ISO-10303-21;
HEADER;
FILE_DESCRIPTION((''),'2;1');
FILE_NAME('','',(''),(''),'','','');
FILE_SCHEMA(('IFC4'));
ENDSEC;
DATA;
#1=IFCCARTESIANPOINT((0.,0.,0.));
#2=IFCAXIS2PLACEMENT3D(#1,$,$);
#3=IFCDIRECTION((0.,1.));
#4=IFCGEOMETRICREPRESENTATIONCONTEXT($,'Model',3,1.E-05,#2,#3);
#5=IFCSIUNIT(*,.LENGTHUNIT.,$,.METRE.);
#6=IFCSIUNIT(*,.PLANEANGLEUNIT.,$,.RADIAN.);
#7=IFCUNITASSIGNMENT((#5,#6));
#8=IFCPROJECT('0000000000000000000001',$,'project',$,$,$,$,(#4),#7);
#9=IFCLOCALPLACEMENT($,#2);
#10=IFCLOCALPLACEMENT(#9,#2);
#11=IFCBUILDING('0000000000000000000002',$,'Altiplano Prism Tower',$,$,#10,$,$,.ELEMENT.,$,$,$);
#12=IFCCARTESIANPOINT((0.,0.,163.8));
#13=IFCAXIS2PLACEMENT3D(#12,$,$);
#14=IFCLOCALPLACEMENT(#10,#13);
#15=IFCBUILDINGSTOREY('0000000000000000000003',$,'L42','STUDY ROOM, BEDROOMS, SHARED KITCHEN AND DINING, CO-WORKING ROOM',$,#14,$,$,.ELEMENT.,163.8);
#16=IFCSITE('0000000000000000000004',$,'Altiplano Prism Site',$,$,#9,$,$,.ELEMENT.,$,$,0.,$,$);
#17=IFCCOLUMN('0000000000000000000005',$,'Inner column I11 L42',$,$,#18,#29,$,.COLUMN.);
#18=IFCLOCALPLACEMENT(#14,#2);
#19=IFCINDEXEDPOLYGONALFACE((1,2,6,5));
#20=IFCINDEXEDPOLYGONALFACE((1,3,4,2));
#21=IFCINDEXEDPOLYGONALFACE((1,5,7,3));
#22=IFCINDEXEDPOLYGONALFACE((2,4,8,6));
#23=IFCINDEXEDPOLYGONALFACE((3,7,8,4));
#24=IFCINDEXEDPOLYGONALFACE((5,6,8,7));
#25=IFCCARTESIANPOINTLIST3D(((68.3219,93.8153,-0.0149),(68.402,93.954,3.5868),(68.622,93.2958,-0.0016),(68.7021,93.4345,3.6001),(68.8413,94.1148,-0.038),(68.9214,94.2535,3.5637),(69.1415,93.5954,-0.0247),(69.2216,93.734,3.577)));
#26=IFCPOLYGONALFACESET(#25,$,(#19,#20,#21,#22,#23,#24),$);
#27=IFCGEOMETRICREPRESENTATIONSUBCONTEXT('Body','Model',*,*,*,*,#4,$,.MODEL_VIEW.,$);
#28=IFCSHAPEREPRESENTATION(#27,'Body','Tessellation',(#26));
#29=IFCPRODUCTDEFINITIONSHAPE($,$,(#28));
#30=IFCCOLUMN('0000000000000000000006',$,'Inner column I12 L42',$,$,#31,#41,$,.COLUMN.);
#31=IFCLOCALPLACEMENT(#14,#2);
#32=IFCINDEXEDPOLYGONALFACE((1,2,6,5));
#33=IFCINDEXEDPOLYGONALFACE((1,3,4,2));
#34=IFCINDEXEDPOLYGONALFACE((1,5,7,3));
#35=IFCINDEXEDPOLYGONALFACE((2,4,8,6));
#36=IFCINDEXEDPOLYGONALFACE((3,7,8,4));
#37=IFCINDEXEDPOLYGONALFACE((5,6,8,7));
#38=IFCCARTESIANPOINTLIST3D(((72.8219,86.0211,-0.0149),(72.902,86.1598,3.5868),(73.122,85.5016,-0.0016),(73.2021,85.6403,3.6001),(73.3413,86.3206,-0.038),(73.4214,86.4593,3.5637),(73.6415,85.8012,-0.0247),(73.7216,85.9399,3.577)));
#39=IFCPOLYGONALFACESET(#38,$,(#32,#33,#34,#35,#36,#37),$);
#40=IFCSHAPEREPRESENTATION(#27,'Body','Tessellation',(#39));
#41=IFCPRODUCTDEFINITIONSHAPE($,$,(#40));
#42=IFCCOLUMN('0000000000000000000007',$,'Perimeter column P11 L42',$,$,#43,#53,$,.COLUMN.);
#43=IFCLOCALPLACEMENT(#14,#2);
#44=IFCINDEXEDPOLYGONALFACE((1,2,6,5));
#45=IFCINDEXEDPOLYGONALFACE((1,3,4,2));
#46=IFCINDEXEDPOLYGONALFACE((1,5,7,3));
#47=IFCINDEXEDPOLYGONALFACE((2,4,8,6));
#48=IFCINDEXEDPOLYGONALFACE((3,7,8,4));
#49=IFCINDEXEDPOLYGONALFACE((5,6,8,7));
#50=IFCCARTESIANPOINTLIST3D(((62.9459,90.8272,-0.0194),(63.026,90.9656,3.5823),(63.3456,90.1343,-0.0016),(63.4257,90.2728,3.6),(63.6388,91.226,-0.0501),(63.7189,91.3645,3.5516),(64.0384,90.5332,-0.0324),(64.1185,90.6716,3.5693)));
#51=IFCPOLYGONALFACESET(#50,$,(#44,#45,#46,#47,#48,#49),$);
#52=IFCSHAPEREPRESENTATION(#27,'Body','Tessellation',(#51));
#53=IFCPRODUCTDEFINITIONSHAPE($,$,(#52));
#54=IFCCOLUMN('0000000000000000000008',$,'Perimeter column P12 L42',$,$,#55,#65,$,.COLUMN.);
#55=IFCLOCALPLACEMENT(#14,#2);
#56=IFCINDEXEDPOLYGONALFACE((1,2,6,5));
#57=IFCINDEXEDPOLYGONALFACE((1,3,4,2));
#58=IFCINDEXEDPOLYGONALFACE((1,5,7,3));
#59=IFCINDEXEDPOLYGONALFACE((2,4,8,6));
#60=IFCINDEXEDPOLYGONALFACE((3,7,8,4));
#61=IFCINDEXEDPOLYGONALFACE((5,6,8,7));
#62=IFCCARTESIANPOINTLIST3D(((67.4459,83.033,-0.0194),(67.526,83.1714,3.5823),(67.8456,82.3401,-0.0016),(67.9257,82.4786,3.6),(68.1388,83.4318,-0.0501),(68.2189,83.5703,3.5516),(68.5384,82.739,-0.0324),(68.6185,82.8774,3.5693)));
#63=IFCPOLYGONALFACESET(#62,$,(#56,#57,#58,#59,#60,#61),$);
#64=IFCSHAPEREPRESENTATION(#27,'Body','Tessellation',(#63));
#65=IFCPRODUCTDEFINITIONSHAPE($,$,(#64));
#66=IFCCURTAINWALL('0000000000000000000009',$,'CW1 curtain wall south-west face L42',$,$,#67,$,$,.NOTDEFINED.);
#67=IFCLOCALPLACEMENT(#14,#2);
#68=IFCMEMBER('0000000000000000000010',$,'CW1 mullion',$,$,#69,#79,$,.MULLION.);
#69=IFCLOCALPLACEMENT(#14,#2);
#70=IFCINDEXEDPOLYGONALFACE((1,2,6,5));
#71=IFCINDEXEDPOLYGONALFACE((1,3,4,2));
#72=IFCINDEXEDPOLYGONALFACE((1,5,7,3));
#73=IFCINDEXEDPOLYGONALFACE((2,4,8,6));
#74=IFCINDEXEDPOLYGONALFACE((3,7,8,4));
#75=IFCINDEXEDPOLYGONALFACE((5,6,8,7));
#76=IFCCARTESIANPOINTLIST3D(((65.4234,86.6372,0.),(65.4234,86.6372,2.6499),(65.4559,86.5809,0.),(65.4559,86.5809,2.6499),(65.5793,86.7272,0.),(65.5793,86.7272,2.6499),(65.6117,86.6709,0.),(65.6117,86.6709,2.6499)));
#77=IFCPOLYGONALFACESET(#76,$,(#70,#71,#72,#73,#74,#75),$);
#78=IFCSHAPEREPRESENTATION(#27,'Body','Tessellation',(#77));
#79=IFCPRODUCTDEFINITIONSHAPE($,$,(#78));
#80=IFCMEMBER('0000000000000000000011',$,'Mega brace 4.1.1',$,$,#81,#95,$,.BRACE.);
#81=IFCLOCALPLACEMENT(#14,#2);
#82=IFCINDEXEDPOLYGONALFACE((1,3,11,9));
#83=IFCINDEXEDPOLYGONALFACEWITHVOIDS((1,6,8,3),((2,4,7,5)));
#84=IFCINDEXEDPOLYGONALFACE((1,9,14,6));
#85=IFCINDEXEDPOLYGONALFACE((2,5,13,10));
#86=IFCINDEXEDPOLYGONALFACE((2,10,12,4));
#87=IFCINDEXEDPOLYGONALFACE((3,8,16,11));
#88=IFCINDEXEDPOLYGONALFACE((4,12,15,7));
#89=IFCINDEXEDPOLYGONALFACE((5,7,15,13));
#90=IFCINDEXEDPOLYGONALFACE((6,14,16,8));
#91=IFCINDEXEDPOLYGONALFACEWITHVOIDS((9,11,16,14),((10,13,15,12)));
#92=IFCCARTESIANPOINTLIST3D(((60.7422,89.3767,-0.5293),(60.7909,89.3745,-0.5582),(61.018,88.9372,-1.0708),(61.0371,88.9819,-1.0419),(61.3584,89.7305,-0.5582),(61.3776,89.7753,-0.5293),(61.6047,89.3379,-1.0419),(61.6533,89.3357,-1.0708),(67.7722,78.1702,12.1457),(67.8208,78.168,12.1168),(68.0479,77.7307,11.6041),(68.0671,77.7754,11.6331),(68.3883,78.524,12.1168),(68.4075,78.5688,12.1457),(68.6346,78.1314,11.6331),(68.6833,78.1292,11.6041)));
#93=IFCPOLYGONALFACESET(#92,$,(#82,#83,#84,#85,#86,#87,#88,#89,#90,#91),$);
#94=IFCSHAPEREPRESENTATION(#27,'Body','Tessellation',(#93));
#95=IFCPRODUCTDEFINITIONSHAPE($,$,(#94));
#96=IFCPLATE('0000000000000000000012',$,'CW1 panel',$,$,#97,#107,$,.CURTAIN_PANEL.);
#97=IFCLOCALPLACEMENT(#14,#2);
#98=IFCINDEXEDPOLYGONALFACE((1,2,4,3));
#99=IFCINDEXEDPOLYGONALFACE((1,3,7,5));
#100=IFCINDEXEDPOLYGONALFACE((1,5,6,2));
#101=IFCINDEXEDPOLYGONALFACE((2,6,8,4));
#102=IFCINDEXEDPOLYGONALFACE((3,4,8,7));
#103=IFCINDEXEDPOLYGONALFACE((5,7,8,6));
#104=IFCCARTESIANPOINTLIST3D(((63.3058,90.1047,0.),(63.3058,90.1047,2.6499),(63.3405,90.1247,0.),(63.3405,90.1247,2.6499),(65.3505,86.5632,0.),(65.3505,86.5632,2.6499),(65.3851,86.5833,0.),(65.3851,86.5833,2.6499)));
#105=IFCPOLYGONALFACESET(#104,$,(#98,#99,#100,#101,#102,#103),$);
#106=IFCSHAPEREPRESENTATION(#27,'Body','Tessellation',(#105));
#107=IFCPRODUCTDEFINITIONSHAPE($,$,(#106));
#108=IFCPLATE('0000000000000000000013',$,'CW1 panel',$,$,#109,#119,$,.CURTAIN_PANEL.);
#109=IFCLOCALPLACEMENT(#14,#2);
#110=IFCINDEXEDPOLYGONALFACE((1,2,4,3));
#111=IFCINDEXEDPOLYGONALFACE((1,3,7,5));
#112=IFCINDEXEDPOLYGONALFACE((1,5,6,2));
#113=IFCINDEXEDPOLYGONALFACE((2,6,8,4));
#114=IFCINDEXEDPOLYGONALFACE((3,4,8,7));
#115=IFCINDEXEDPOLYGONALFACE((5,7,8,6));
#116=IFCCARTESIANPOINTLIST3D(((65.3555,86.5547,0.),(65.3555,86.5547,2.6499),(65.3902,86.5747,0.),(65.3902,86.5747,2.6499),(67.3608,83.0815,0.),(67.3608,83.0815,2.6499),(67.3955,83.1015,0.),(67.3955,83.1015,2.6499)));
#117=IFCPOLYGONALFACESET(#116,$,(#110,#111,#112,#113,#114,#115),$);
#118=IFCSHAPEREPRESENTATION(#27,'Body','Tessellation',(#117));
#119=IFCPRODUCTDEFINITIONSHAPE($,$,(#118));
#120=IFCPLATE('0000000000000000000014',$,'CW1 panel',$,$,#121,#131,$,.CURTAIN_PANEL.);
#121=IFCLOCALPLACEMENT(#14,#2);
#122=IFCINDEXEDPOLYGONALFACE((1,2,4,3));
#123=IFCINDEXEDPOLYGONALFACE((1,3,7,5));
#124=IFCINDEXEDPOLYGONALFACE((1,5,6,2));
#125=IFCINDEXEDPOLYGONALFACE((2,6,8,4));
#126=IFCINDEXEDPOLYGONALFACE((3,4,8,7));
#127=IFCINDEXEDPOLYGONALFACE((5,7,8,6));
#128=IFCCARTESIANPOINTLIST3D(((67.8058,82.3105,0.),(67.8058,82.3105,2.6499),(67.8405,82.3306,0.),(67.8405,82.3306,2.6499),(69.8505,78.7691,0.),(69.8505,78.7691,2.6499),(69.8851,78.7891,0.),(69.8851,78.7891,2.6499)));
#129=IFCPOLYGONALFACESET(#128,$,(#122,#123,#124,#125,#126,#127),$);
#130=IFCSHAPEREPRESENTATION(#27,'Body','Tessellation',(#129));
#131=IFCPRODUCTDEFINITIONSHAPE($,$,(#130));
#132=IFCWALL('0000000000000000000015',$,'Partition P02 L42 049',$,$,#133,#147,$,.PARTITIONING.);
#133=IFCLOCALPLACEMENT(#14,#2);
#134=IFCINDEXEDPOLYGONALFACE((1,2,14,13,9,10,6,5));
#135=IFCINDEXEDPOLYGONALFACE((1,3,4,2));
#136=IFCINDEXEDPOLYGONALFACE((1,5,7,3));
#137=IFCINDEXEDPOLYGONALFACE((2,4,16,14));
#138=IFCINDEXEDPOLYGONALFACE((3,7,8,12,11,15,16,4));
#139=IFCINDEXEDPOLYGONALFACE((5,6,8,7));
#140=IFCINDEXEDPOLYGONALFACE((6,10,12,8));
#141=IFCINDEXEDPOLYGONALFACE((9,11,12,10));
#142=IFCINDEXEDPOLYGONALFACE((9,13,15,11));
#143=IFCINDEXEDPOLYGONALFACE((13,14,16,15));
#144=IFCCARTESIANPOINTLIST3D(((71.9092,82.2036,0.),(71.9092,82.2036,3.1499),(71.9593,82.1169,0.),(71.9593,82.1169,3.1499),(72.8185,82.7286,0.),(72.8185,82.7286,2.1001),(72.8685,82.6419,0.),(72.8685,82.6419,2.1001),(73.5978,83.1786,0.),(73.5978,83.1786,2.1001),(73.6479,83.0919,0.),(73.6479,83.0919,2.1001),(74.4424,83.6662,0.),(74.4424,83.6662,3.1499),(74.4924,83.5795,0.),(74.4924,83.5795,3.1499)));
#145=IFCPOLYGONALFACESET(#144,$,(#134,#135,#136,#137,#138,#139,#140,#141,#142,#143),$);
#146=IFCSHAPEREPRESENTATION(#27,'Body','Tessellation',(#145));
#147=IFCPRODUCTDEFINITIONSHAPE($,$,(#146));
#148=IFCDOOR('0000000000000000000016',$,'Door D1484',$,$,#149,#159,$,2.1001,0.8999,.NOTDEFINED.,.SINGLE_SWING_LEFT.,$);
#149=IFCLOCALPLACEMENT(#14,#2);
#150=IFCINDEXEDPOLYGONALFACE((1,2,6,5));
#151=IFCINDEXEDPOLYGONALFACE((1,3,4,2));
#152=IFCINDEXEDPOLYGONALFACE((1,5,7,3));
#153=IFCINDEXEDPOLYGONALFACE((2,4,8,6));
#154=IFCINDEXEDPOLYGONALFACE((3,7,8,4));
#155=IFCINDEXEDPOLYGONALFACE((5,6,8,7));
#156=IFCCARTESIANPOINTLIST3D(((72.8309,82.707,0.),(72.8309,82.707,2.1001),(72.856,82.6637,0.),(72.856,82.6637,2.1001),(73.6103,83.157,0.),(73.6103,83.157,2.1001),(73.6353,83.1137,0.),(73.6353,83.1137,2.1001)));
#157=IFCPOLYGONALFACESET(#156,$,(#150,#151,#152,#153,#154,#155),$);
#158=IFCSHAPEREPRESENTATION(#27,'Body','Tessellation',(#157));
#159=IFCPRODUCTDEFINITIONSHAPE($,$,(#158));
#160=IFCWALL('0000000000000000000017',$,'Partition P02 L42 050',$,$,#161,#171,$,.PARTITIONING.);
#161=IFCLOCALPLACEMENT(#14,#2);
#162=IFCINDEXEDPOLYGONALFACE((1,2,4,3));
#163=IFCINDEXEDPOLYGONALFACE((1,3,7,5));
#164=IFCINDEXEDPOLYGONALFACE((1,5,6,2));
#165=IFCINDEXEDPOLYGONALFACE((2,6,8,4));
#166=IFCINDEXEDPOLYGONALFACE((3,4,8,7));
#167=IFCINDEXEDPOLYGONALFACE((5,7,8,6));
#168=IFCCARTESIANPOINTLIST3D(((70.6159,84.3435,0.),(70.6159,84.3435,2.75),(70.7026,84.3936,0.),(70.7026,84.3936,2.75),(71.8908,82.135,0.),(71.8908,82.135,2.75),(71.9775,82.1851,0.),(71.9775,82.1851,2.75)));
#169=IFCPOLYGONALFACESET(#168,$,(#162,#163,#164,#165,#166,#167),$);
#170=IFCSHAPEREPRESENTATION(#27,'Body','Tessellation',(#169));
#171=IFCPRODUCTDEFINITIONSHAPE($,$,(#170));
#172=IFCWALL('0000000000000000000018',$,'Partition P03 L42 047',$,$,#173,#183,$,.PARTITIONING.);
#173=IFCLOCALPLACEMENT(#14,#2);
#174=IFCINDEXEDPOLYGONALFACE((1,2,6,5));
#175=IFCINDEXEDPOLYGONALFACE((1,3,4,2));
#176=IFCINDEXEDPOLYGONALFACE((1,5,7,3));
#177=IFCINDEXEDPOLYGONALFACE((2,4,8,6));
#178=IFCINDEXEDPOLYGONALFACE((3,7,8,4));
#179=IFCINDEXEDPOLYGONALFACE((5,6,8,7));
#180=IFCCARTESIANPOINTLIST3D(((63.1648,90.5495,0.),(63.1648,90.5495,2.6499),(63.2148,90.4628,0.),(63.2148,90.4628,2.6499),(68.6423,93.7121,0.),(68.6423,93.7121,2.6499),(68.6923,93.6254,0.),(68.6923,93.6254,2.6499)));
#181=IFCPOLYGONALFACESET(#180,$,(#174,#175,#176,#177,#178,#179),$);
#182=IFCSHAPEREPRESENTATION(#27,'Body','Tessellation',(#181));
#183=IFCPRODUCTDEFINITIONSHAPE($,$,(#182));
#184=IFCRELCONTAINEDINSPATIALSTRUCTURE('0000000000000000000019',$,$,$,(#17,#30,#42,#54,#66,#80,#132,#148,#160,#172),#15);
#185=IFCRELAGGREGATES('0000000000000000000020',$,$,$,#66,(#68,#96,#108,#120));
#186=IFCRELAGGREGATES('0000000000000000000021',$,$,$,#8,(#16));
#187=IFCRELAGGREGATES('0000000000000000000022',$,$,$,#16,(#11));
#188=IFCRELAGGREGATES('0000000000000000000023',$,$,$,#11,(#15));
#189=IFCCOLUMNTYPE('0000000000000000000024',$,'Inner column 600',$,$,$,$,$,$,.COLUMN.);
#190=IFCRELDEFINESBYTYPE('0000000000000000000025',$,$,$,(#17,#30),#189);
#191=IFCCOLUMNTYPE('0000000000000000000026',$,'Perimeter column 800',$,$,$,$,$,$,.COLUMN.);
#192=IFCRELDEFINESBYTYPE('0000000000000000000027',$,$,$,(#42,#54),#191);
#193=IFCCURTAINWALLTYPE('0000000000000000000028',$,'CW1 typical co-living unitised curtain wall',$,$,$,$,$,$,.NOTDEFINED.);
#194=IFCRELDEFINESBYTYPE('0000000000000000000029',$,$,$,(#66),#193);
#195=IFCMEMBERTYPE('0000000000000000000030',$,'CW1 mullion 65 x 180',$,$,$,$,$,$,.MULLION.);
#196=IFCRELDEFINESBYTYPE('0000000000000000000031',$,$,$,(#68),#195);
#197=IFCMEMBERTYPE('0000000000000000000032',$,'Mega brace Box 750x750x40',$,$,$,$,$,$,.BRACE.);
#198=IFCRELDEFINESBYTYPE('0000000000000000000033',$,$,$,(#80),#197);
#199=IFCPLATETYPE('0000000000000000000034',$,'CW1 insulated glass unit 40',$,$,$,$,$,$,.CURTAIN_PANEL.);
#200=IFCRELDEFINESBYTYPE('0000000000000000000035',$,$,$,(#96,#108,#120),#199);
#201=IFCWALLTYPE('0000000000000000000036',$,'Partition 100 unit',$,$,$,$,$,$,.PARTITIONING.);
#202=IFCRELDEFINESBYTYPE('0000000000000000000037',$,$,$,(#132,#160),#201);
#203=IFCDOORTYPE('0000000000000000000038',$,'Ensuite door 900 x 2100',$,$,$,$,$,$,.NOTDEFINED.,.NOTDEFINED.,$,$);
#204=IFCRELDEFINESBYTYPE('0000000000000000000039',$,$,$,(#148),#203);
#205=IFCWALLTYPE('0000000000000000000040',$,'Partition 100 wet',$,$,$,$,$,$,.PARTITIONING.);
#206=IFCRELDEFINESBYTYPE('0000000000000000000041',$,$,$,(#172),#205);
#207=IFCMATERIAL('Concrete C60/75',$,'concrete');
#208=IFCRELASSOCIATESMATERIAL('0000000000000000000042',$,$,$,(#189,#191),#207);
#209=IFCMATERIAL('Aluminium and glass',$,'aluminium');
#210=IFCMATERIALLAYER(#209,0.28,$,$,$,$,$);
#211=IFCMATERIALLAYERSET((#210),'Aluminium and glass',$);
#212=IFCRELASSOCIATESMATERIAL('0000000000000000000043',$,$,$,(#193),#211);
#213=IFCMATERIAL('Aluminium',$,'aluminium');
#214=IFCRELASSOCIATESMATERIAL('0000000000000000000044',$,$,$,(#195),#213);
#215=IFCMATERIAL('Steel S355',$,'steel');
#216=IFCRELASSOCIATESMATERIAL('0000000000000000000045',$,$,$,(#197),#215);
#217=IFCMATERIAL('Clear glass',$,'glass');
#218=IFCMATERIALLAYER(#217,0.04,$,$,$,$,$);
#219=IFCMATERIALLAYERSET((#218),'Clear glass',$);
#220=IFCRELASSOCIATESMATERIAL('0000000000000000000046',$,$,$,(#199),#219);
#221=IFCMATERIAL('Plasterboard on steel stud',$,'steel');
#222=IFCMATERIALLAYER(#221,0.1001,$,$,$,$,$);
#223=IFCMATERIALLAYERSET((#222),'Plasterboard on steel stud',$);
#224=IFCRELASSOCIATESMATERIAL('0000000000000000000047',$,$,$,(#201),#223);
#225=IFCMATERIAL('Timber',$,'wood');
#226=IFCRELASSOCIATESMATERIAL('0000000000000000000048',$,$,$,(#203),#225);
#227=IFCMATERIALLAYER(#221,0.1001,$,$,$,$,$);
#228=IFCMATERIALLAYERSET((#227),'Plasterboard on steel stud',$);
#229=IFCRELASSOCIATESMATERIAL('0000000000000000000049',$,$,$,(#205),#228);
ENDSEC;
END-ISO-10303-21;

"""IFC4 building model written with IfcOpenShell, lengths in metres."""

from ifc_helpers import new_model, si_unit, direction, frame, frame_2d, origin, origin_2d, place, context, subcontext, project, spatial, rectangle, hollow_rectangle, extrude, material, layer, layer_set, material_profile, profile_set, type_object, element, fill, aggregate, save


model = new_model("IFC4")

# Units and contexts
model_context = context("Model", 3, precision=1e-05, world=origin(), true_north=direction((0.0, 1.0)))
body_context = subcontext(model_context, "Body", "Model", "MODEL_VIEW")
ifc_project = project(units=[si_unit("LENGTHUNIT", "METRE"), si_unit("PLANEANGLEUNIT", "RADIAN")], contexts=[model_context])

# Site, building, storey
site_placement = place(None, origin())
site = spatial("IfcSite", under=ifc_project, at=site_placement, Name="Altiplano Prism Site", CompositionType="ELEMENT", RefElevation=0.0)
building_placement = place(site_placement, origin())
building = spatial("IfcBuilding", under=site, at=building_placement, Name="Altiplano Prism Tower", CompositionType="ELEMENT")
storey_placement = place(building_placement, frame((0.0, 0.0, 163.8)))
storey = spatial("IfcBuildingStorey", under=building, at=storey_placement, Name="L42", Description="STUDY ROOM, BEDROOMS, SHARED KITCHEN AND DINING, CO-WORKING ROOM", CompositionType="ELEMENT", Elevation=163.8)

# Columns
ifc_material_1 = material(Name="Concrete C60/75", Category="concrete")
ifc_material_profile_1 = material_profile(ifc_material_1, rectangle(XDim=0.6001, YDim=0.6001, at=origin_2d()), Name="Inner column 600")
ifc_profile_set_1 = profile_set([ifc_material_profile_1], Name="Concrete C60/75")
column_type_1 = type_object("IfcColumnType", Name="Inner column 600", PredefinedType="COLUMN", material=ifc_profile_set_1)
for number, where, z_axis, x_axis, name in (
    (1, (68.7317, 93.7053, -0.0198), (0.022212, 0.038465, 0.999013), (-0.86564, -0.499187, 0.038467), "Inner column I11 L42"),
    (2, (73.2317, 85.9111, -0.0198), (0.022212, 0.038465, 0.999013), (-0.865637, -0.499192, 0.038467), "Inner column I12 L42"),
):
    element("IfcColumn", number, at=place(storey_placement, frame(where, z_axis=z_axis, x_axis=x_axis)), inside=storey, type_object=column_type_1, Name=name, PredefinedType="COLUMN", context=body_context, shape_type="SweptSolid", body=[
        extrude(rectangle(XDim=0.6001, YDim=0.6001, at=origin_2d()), origin(), (0.0, 0.0, 1.0), 3.6052),
    ])
ifc_material_profile_2 = material_profile(ifc_material_1, rectangle(XDim=0.8, YDim=0.8, at=origin_2d()), Name="Perimeter column 800")
ifc_profile_set_2 = profile_set([ifc_material_profile_2], Name="Concrete C60/75")
column_type_2 = type_object("IfcColumnType", Name="Perimeter column 800", PredefinedType="COLUMN", material=ifc_profile_set_2)
for number, where, z_axis, x_axis, name in (
    (3, (63.4922, 90.6802, -0.0259), (0.022212, 0.038398, 0.999016), (-0.866019, -0.498533, 0.038417), "Perimeter column P11 L42"),
    (4, (67.9922, 82.886, -0.0259), (0.022212, 0.038398, 0.999016), (-0.866019, -0.498533, 0.038417), "Perimeter column P12 L42"),
):
    element("IfcColumn", number, at=place(storey_placement, frame(where, z_axis=z_axis, x_axis=x_axis)), inside=storey, type_object=column_type_2, Name=name, PredefinedType="COLUMN", context=body_context, shape_type="SweptSolid", body=[
        extrude(rectangle(XDim=0.8, YDim=0.8, at=origin_2d()), origin(), (0.0, 0.0, 1.0), 3.6052),
    ])

# Curtain wall, member
ifc_material_2 = material(Name="Aluminium and glass", Category="aluminium")
ifc_layer_1 = layer(ifc_material_2, 0.28)
ifc_layer_set_1 = layer_set([ifc_layer_1], Name="Aluminium and glass")
curtain_wall_type = type_object("IfcCurtainWallType", Name="CW1 typical co-living unitised curtain wall", PredefinedType="NOTDEFINED", material=ifc_layer_set_1)
curtain_wall_placement = place(storey_placement, origin())
curtain_wall = element("IfcCurtainWall", 5, at=curtain_wall_placement, inside=storey, type_object=curtain_wall_type, Name="CW1 curtain wall south-west face L42", PredefinedType="NOTDEFINED")
ifc_material_3 = material(Name="Aluminium", Category="aluminium")
ifc_material_profile_3 = material_profile(ifc_material_3, rectangle(XDim=0.1799, YDim=0.0649, at=origin_2d()), Name="CW1 mullion 65 x 180")
ifc_profile_set_3 = profile_set([ifc_material_profile_3], Name="Aluminium")
member_type_1 = type_object("IfcMemberType", Name="CW1 mullion 65 x 180", PredefinedType="MULLION", material=ifc_profile_set_3)
member_1_placement = place(storey_placement, frame((65.5176, 86.6541, 0.0), z_axis=(0.0, 0.0, 1.0), x_axis=(0.866025, 0.5, 0.0)))
member_1 = element("IfcMember", 6, at=member_1_placement, type_object=member_type_1, Name="CW1 mullion", PredefinedType="MULLION", context=body_context, shape_type="SweptSolid", body=[
    extrude(rectangle(XDim=0.1799, YDim=0.0649, at=origin_2d()), origin(), (0.0, 0.0, 1.0), 2.6499),
])

# Member
ifc_material_4 = material(Name="Steel S355", Category="steel")
ifc_material_profile_4 = material_profile(ifc_material_4, hollow_rectangle(XDim=0.75, YDim=0.75, WallThickness=0.04, at=origin_2d()), Name="Mega brace Box 750x750x40")
ifc_profile_set_4 = profile_set([ifc_material_profile_4], Name="Steel S355")
member_type_2 = type_object("IfcMemberType", Name="Mega brace Box 750x750x40", PredefinedType="BRACE", material=ifc_profile_set_4)
member_2_placement = place(storey_placement, frame((61.1978, 89.3562, -0.8), z_axis=(0.383711, -0.611672, 0.691826), x_axis=(0.847116, 0.531408, 0.0)))
element("IfcMember", 7, at=member_2_placement, inside=storey, type_object=member_type_2, Name="Mega brace 4.1.1", PredefinedType="BRACE", context=body_context, shape_type="SweptSolid", body=[
    extrude(hollow_rectangle(XDim=0.75, YDim=0.75, WallThickness=0.04, at=origin_2d()), origin(), (0.0, 0.0, 1.0), 18.321),
])

# Plates
ifc_material_5 = material(Name="Clear glass", Category="glass")
ifc_layer_2 = layer(ifc_material_5, 0.04)
ifc_layer_set_2 = layer_set([ifc_layer_2], Name="Clear glass")
plate_type = type_object("IfcPlateType", Name="CW1 insulated glass unit 40", PredefinedType="CURTAIN_PANEL", material=ifc_layer_set_2)
plate_1_placement = place(storey_placement, frame((64.3455, 88.344, 0.0), z_axis=(0.0, 0.0, 1.0), x_axis=(0.5, -0.866025, 0.0)))
plate_1 = element("IfcPlate", 8, at=plate_1_placement, type_object=plate_type, Name="CW1 panel", PredefinedType="CURTAIN_PANEL", context=body_context, shape_type="SweptSolid", body=[
    extrude(rectangle(XDim=4.0894, YDim=0.04, at=origin_2d()), origin(), (0.0, 0.0, 1.0), 2.6499),
])
plate_2_placement = place(storey_placement, frame((66.3755, 84.8281, 0.0), z_axis=(0.0, 0.0, 1.0), x_axis=(0.5, -0.866025, 0.0)))
plate_2 = element("IfcPlate", 9, at=plate_2_placement, type_object=plate_type, Name="CW1 panel", PredefinedType="CURTAIN_PANEL", context=body_context, shape_type="SweptSolid", body=[
    extrude(rectangle(XDim=4.0105, YDim=0.04, at=origin_2d()), origin(), (0.0, 0.0, 1.0), 2.6499),
])
plate_3_placement = place(storey_placement, frame((68.8455, 80.5498, 0.0), z_axis=(0.0, 0.0, 1.0), x_axis=(0.5, -0.866025, 0.0)))
plate_3 = element("IfcPlate", 10, at=plate_3_placement, type_object=plate_type, Name="CW1 panel", PredefinedType="CURTAIN_PANEL", context=body_context, shape_type="SweptSolid", body=[
    extrude(rectangle(XDim=4.0894, YDim=0.04, at=origin_2d()), origin(), (0.0, 0.0, 1.0), 2.6499),
])
aggregate(curtain_wall, [member_1, plate_1, plate_2, plate_3])

# Wall, opening, door
ifc_material_6 = material(Name="Plasterboard on steel stud", Category="steel")
ifc_layer_3 = layer(ifc_material_6, 0.1001)
ifc_layer_set_3 = layer_set([ifc_layer_3], Name="Plasterboard on steel stud")
wall_type_1 = type_object("IfcWallType", Name="Partition 100 unit", PredefinedType="PARTITIONING", material=ifc_layer_set_3)
wall_1_placement = place(storey_placement, frame((74.4673, 83.6228, 0.0), z_axis=(0.0, 0.0, 1.0), x_axis=(-0.86601, -0.500026, 0.0)))
wall_1 = element("IfcWall", 11, at=wall_1_placement, inside=storey, type_object=wall_type_1, Name="Partition P02 L42 049", PredefinedType="PARTITIONING", context=body_context, shape_type="SweptSolid", body=[
    extrude(rectangle(XDim=2.925, YDim=0.1001, at=frame_2d((1.4624, 0.0))), origin(), (0.0, 0.0, 1.0), 3.1499),
])
opening_1_placement = place(wall_1_placement, frame((0.9751, 0.0, 0.0)))
opening_1 = element("IfcOpeningElement", 12, at=opening_1_placement, cuts=wall_1, PredefinedType="OPENING", context=body_context, shape_type="SweptSolid", body=[
    extrude(rectangle(XDim=0.8999, YDim=2.1001, at=frame_2d((0.45, 1.05))), frame((0.0, 0.0605, 0.0), z_axis=(0.0, -1.0, 0.0), x_axis=(1.0, 0.0, 0.0)), (0.0, 0.0, 1.0), 0.1211),
])
ifc_material_7 = material(Name="Timber", Category="wood")
door_type_1 = type_object("IfcDoorType", Name="Ensuite door 900 x 2100", OperationType="NOTDEFINED", PredefinedType="NOTDEFINED", material=ifc_material_7)
door_1_placement = place(opening_1_placement, origin())
door_1 = element("IfcDoor", 13, at=door_1_placement, inside=storey, type_object=door_type_1, Name="Door D1484", OperationType="SINGLE_SWING_LEFT", OverallHeight=2.1001, OverallWidth=0.8999, PredefinedType="NOTDEFINED", context=body_context, shape_type="SweptSolid", body=[
    extrude(rectangle(XDim=0.8999, YDim=2.1001, at=frame_2d((0.45, 1.05))), frame((0.0, 0.0249, 0.0), z_axis=(0.0, -1.0, 0.0), x_axis=(1.0, 0.0, 0.0)), (0.0, 0.0, 1.0), 0.05),
])
fill(opening_1, door_1)

# Walls
wall_2_placement = place(storey_placement, frame((71.9341, 82.1602, 0.0), z_axis=(0.0, 0.0, 1.0), x_axis=(-0.499949, 0.866055, 0.0)))
element("IfcWall", 14, at=wall_2_placement, inside=storey, type_object=wall_type_1, Name="Partition P02 L42 050", PredefinedType="PARTITIONING", context=body_context, shape_type="SweptSolid", body=[
    extrude(rectangle(XDim=2.55, YDim=0.1001, at=frame_2d((1.2749, 0.0))), origin(), (0.0, 0.0, 1.0), 2.75),
])
ifc_layer_4 = layer(ifc_material_6, 0.1001)
ifc_layer_set_4 = layer_set([ifc_layer_4], Name="Plasterboard on steel stud")
wall_type_2 = type_object("IfcWallType", Name="Partition 100 wet", PredefinedType="PARTITIONING", material=ifc_layer_set_4)
for number, where, z_axis, x_axis, name in (
    (15, (63.1897, 90.5061, 0.0), (0.0, 0.0, 1.0), (0.866016, 0.500016, 0.0), "Partition P03 L42 047"),
):
    element("IfcWall", number, at=place(storey_placement, frame(where, z_axis=z_axis, x_axis=x_axis)), inside=storey, type_object=wall_type_2, Name=name, PredefinedType="PARTITIONING", context=body_context, shape_type="SweptSolid", body=[
        extrude(rectangle(XDim=6.325, YDim=0.1001, at=frame_2d((3.1626, 0.0))), origin(), (0.0, 0.0, 1.0), 2.6499),
    ])

save(model, "model.ifc")
